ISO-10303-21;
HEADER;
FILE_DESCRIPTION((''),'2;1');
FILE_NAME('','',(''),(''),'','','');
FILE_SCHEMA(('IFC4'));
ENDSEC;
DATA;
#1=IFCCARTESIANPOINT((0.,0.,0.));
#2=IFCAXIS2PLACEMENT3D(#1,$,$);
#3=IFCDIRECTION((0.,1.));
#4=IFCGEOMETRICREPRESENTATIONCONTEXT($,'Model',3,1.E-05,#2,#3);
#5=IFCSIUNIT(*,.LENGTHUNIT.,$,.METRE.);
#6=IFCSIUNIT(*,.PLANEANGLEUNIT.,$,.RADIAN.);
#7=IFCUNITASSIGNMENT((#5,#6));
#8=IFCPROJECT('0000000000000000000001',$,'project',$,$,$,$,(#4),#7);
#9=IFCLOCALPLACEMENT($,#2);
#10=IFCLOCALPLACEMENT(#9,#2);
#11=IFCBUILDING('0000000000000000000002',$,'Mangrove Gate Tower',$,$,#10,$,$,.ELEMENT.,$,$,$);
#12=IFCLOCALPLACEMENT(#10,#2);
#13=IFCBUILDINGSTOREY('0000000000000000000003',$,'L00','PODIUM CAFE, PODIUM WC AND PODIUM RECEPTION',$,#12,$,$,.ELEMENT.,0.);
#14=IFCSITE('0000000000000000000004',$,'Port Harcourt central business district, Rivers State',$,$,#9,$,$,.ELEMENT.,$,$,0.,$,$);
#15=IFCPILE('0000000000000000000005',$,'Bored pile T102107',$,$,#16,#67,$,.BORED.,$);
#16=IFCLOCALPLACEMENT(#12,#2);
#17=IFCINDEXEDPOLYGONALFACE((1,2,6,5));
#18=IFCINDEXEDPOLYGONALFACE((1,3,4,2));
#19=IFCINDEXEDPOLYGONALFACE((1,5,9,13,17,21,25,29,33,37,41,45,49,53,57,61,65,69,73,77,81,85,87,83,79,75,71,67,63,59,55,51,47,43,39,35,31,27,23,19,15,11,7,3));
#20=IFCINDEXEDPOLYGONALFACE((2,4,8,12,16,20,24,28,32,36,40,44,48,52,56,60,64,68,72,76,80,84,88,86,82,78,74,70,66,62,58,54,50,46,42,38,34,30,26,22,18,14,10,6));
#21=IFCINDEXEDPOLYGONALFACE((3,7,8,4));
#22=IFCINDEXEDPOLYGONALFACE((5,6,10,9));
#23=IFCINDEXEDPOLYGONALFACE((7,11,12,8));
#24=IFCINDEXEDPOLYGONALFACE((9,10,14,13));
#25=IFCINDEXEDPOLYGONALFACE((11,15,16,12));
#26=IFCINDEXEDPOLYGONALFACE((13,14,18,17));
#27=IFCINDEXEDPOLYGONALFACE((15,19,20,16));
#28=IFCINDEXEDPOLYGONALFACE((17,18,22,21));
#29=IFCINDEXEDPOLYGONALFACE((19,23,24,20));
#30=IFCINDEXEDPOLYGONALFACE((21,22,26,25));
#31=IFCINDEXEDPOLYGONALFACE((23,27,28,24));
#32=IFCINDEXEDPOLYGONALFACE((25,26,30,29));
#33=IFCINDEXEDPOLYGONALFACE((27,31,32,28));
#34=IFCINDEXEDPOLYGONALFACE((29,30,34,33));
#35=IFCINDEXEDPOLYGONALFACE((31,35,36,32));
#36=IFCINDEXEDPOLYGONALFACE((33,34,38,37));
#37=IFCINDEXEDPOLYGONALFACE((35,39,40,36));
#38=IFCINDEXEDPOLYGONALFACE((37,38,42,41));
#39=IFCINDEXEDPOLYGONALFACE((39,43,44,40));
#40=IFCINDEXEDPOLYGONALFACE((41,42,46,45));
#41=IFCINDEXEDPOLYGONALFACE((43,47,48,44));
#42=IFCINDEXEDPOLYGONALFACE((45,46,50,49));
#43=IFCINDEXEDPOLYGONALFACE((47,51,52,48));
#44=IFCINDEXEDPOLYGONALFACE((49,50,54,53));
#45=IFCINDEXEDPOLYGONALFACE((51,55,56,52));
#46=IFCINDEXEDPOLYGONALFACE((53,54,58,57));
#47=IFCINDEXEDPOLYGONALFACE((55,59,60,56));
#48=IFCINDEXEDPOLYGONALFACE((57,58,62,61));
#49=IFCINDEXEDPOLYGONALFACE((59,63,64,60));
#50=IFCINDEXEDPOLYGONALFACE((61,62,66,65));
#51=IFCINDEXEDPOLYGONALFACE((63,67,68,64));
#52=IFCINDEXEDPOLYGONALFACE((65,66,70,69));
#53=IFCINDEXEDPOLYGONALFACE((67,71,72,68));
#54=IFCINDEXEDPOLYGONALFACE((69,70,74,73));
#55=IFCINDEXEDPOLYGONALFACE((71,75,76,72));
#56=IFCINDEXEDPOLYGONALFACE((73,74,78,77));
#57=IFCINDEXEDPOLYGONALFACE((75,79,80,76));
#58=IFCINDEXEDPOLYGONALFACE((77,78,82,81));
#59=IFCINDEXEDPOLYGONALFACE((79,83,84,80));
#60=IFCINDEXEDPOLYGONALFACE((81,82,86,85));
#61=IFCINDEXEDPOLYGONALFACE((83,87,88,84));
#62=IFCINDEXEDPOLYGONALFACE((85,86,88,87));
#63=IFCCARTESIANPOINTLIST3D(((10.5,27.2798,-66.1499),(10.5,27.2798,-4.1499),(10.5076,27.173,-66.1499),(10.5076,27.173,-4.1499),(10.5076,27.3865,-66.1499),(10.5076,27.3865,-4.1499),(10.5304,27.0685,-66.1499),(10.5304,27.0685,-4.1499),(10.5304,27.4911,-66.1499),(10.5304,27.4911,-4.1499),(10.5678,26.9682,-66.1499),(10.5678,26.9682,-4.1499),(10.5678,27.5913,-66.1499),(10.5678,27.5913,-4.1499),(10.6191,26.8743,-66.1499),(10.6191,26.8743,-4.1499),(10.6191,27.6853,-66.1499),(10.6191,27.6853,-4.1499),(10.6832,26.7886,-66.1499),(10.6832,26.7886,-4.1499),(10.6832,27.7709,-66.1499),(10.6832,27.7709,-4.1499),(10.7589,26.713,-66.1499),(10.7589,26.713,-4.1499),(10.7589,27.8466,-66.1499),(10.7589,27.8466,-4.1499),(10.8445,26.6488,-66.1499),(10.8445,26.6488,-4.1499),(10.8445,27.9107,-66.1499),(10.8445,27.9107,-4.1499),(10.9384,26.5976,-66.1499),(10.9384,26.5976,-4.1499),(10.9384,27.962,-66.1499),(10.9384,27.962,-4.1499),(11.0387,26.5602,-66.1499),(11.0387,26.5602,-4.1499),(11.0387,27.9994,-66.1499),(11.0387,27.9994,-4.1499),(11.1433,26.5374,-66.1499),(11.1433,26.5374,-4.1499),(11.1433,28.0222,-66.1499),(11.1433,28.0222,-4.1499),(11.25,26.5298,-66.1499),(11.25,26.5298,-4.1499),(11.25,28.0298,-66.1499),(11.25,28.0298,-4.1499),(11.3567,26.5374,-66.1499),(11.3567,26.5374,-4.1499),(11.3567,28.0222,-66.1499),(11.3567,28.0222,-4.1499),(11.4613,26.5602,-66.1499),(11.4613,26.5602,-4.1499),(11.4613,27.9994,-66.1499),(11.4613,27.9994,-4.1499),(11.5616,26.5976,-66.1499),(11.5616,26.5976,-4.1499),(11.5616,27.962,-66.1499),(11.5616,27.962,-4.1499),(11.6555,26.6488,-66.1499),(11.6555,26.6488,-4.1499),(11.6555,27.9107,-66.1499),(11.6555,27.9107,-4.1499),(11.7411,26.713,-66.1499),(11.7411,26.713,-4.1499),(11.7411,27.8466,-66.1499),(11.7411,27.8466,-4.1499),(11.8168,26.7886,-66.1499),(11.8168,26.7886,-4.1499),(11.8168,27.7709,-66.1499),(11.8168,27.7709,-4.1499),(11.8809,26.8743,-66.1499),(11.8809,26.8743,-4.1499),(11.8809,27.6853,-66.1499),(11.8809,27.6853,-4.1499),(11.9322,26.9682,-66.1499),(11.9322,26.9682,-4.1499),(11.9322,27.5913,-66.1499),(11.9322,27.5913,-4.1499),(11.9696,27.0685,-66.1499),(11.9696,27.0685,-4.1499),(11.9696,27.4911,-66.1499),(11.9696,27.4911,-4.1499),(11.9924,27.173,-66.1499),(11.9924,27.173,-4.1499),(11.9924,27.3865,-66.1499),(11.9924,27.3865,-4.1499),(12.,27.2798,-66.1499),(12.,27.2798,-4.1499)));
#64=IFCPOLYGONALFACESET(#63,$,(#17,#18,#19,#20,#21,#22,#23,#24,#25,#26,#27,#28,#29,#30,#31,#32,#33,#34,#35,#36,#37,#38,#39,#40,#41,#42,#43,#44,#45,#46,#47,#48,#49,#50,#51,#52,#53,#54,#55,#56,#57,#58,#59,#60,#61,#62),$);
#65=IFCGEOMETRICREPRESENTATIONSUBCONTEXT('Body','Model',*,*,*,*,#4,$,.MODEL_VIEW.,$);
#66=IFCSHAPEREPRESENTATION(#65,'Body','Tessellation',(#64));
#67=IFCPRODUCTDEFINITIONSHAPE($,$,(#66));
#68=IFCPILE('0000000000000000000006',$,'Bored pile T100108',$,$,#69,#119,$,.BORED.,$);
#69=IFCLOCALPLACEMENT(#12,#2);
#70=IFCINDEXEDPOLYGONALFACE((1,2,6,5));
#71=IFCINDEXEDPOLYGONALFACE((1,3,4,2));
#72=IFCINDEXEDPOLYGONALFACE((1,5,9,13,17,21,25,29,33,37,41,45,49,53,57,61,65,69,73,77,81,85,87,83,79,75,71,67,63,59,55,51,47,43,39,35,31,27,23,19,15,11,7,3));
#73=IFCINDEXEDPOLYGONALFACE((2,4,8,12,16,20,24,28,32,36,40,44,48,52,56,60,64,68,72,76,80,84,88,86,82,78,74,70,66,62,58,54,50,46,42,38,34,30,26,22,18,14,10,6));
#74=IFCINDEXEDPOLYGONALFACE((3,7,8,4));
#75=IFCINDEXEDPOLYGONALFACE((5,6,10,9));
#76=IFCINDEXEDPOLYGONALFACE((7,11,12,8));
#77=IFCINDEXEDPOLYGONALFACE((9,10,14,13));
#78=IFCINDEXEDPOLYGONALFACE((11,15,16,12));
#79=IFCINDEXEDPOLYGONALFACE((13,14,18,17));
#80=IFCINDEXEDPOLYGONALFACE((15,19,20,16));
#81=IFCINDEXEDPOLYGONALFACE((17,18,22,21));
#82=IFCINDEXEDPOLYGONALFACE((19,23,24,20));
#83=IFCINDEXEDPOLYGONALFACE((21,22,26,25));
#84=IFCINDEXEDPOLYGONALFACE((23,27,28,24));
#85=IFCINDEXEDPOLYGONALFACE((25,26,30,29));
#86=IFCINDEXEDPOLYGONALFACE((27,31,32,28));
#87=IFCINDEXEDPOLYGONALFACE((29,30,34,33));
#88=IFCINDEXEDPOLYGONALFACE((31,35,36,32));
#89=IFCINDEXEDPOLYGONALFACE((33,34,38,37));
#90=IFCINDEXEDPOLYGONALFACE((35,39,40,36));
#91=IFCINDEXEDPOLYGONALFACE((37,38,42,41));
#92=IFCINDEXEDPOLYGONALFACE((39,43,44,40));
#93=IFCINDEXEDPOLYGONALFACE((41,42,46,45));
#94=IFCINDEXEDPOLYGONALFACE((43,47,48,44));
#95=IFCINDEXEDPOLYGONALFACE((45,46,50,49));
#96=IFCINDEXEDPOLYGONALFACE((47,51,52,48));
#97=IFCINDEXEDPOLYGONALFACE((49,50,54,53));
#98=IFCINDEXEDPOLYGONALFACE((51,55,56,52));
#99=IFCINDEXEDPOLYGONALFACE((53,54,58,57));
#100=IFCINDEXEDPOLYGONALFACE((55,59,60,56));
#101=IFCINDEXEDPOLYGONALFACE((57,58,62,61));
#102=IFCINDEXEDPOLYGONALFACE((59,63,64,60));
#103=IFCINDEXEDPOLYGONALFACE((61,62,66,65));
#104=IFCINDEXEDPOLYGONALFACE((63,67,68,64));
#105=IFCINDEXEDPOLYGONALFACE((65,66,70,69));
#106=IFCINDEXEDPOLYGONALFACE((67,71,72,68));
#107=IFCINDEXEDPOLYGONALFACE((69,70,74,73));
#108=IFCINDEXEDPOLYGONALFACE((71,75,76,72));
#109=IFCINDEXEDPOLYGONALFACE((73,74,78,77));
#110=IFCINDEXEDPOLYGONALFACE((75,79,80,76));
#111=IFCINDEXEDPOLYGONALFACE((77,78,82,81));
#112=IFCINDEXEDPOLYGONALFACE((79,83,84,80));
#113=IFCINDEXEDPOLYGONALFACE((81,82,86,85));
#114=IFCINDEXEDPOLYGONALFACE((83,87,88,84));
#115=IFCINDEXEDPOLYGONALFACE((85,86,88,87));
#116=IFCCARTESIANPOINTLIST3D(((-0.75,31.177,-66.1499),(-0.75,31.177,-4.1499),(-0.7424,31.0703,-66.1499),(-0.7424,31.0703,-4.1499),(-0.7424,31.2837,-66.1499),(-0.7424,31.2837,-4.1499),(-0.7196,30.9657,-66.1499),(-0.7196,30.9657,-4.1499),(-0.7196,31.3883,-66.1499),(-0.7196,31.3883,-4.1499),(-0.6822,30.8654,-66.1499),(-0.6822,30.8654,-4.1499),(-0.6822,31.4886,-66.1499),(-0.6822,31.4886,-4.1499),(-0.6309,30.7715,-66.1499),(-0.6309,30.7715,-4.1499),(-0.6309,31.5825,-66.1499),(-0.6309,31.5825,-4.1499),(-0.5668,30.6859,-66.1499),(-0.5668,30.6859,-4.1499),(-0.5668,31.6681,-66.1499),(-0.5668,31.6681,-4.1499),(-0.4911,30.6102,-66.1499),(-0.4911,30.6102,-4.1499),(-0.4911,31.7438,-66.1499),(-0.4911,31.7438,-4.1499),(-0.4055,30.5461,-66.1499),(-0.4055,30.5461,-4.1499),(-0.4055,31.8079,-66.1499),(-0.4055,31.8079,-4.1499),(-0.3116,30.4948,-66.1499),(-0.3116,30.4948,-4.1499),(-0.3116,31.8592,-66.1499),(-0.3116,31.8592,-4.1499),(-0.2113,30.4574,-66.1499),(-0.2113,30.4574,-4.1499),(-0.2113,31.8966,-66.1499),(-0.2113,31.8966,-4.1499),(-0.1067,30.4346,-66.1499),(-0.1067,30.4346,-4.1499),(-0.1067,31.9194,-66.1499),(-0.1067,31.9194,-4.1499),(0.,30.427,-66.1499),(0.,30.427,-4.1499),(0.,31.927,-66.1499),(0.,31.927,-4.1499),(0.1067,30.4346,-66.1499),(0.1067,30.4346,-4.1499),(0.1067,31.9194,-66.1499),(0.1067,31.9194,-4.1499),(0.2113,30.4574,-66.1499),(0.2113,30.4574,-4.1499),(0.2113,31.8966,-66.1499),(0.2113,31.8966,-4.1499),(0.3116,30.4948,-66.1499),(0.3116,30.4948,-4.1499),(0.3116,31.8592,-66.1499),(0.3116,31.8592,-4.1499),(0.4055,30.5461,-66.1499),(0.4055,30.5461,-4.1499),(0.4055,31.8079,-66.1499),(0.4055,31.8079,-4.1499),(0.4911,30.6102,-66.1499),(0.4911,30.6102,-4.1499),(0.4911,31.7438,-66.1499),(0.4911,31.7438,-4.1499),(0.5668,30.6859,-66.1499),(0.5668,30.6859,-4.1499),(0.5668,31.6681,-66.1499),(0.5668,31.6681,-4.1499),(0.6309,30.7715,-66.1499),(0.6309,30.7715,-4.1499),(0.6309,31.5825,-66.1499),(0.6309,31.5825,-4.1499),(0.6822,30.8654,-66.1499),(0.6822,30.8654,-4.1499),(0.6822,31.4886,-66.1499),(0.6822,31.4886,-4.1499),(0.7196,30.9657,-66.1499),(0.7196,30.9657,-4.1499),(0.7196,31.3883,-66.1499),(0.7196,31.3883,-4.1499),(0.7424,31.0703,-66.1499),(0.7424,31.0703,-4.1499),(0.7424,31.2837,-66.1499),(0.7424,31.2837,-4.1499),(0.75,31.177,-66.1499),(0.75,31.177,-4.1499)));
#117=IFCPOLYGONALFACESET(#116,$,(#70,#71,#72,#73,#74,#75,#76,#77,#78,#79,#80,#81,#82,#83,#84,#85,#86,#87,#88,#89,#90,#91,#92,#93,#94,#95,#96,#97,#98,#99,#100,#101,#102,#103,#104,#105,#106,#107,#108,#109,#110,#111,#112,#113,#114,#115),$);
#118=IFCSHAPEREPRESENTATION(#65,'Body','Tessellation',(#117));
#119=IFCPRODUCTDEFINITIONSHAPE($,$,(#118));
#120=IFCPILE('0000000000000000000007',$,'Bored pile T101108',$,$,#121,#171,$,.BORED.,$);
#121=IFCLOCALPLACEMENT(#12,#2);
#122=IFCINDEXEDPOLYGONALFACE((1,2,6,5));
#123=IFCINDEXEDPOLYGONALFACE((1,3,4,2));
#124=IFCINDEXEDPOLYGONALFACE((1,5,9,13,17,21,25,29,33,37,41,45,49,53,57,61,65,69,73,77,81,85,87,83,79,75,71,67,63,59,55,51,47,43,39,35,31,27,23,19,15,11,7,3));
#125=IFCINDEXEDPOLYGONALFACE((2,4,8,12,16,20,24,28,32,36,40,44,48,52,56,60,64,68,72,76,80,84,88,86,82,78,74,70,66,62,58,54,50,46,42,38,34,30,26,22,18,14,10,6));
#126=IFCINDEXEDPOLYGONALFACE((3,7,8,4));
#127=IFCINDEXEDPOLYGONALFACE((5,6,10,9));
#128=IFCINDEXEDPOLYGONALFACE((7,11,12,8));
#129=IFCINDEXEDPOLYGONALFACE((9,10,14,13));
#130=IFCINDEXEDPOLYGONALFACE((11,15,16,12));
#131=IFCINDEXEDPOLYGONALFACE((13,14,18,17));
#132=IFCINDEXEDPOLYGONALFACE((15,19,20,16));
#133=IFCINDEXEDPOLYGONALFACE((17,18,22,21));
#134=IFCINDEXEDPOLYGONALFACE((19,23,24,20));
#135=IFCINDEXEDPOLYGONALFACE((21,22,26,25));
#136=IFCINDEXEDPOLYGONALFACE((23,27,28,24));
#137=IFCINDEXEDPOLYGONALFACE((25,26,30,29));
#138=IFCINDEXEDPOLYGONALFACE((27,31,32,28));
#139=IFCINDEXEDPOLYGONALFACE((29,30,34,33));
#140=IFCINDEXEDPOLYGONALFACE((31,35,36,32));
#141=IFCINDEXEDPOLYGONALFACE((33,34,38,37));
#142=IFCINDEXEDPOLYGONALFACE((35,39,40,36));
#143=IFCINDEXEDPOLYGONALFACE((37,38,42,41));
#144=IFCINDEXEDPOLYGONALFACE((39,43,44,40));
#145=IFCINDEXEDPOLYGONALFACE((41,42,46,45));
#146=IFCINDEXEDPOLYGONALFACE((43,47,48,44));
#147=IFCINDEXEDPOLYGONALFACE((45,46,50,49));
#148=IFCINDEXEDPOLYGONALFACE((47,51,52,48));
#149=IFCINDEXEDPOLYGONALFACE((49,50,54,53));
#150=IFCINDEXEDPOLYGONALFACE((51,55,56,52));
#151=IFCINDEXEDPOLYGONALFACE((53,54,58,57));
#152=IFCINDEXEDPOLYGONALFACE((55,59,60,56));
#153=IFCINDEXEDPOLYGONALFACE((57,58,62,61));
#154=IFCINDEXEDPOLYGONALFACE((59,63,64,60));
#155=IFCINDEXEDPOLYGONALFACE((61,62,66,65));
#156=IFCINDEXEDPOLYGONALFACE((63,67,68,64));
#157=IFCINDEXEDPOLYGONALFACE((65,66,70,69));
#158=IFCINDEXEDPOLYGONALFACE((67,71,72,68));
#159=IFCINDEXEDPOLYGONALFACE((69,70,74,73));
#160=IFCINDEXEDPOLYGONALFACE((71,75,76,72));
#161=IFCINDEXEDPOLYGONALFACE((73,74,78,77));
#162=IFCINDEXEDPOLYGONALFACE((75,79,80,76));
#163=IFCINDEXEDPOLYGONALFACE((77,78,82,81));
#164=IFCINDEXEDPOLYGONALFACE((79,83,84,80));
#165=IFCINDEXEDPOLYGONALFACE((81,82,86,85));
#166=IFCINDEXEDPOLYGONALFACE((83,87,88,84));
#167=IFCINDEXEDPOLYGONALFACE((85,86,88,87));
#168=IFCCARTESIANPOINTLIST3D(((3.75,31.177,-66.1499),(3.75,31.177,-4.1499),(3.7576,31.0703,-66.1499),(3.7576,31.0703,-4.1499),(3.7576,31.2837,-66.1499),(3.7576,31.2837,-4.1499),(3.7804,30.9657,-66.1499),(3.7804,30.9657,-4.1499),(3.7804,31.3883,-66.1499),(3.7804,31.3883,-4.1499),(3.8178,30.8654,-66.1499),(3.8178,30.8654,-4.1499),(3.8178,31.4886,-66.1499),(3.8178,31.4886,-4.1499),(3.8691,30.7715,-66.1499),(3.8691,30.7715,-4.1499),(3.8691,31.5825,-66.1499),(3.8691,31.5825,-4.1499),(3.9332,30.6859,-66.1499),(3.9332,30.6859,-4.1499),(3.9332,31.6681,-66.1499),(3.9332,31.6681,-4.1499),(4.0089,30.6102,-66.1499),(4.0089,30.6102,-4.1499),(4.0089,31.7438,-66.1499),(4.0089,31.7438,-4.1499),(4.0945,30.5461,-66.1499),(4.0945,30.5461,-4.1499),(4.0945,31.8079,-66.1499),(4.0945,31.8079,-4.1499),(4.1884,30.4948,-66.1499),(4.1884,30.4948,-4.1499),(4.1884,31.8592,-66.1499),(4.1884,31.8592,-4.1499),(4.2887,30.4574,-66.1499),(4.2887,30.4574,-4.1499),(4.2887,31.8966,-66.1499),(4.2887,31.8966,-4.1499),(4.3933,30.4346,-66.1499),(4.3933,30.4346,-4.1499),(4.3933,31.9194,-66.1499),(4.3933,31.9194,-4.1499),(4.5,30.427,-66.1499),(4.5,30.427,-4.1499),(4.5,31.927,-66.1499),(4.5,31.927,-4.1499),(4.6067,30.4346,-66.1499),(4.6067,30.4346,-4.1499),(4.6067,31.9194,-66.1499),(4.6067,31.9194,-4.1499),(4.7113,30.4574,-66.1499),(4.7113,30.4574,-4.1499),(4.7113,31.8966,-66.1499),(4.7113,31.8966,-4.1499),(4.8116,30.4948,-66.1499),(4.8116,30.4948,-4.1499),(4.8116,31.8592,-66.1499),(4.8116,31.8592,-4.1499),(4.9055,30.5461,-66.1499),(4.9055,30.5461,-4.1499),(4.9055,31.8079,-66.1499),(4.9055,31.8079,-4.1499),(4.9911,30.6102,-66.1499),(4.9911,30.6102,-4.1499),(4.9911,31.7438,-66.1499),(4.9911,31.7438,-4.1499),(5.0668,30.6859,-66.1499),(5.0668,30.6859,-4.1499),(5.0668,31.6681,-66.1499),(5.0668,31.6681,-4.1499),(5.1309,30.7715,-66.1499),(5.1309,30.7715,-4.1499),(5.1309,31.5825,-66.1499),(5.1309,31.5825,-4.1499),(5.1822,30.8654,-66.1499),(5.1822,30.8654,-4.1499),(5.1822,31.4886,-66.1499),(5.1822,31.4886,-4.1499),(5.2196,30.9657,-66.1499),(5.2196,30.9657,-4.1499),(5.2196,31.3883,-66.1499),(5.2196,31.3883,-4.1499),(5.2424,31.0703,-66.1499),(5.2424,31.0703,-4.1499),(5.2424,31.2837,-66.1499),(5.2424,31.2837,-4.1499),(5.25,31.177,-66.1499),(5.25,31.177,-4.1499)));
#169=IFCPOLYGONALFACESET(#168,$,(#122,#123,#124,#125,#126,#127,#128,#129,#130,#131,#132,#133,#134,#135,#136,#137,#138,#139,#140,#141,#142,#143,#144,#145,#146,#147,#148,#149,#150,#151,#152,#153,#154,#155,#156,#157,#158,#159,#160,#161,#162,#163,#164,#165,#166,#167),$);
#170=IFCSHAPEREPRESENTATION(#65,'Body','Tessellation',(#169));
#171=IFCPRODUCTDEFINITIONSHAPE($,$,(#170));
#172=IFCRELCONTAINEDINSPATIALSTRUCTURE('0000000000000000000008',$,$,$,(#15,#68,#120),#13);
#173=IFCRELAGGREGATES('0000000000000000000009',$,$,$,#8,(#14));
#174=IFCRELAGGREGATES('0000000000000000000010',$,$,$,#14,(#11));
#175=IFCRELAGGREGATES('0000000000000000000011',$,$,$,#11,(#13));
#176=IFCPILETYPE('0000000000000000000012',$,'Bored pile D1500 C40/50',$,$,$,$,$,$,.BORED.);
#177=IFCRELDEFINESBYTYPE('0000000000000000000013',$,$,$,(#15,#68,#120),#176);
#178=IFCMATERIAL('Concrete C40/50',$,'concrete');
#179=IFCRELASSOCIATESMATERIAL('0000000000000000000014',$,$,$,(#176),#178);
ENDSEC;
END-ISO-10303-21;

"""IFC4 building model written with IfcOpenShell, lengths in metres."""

from ifc_helpers import new_model, si_unit, direction, frame, origin, origin_2d, place, context, subcontext, project, spatial, circle, extrude, material, material_profile, profile_set, type_object, element, save


model = new_model("IFC4")

# Units and contexts
model_context = context("Model", 3, precision=1e-05, world=origin(), true_north=direction((0.0, 1.0)))
body_context = subcontext(model_context, "Body", "Model", "MODEL_VIEW")
ifc_project = project(units=[si_unit("LENGTHUNIT", "METRE"), si_unit("PLANEANGLEUNIT", "RADIAN")], contexts=[model_context])

# Site, building, storey
site_placement = place(None, origin())
site = spatial("IfcSite", under=ifc_project, at=site_placement, Name="Port Harcourt central business district, Rivers State", CompositionType="ELEMENT", RefElevation=0.0)
building_placement = place(site_placement, origin())
building = spatial("IfcBuilding", under=site, at=building_placement, Name="Mangrove Gate Tower", CompositionType="ELEMENT")
storey_placement = place(building_placement, origin())
storey = spatial("IfcBuildingStorey", under=building, at=storey_placement, Name="L00", Description="PODIUM CAFE, PODIUM WC AND PODIUM RECEPTION", CompositionType="ELEMENT", Elevation=0.0)

# Piles
ifc_material_1 = material(Name="Concrete C40/50", Category="concrete")
ifc_material_profile_1 = material_profile(ifc_material_1, circle(Radius=0.75, at=origin_2d()))
ifc_profile_set_1 = profile_set([ifc_material_profile_1], Name="Concrete C40/50")
pile_type = type_object("IfcPileType", Name="Bored pile D1500 C40/50", PredefinedType="BORED", material=ifc_profile_set_1)
for number, where, z_axis, x_axis, name in (
    (1, (11.25, 27.2798, -4.1499), (0.0, 0.0, -1.0), (1.0, 0.0, 0.0), "Bored pile T102107"),
    (2, (0.0, 31.177, -4.1499), (0.0, 0.0, -1.0), (1.0, 0.0, 0.0), "Bored pile T100108"),
    (3, (4.5, 31.177, -4.1499), (0.0, 0.0, -1.0), (1.0, 0.0, 0.0), "Bored pile T101108"),
):
    element("IfcPile", number, at=place(storey_placement, frame(where, z_axis=z_axis, x_axis=x_axis)), inside=storey, type_object=pile_type, Name=name, PredefinedType="BORED", context=body_context, shape_type="SweptSolid", body=[
        extrude(circle(Radius=0.75, at=origin_2d()), origin(), (0.0, 0.0, 1.0), 62.0),
    ])

save(model, "model.ifc")
